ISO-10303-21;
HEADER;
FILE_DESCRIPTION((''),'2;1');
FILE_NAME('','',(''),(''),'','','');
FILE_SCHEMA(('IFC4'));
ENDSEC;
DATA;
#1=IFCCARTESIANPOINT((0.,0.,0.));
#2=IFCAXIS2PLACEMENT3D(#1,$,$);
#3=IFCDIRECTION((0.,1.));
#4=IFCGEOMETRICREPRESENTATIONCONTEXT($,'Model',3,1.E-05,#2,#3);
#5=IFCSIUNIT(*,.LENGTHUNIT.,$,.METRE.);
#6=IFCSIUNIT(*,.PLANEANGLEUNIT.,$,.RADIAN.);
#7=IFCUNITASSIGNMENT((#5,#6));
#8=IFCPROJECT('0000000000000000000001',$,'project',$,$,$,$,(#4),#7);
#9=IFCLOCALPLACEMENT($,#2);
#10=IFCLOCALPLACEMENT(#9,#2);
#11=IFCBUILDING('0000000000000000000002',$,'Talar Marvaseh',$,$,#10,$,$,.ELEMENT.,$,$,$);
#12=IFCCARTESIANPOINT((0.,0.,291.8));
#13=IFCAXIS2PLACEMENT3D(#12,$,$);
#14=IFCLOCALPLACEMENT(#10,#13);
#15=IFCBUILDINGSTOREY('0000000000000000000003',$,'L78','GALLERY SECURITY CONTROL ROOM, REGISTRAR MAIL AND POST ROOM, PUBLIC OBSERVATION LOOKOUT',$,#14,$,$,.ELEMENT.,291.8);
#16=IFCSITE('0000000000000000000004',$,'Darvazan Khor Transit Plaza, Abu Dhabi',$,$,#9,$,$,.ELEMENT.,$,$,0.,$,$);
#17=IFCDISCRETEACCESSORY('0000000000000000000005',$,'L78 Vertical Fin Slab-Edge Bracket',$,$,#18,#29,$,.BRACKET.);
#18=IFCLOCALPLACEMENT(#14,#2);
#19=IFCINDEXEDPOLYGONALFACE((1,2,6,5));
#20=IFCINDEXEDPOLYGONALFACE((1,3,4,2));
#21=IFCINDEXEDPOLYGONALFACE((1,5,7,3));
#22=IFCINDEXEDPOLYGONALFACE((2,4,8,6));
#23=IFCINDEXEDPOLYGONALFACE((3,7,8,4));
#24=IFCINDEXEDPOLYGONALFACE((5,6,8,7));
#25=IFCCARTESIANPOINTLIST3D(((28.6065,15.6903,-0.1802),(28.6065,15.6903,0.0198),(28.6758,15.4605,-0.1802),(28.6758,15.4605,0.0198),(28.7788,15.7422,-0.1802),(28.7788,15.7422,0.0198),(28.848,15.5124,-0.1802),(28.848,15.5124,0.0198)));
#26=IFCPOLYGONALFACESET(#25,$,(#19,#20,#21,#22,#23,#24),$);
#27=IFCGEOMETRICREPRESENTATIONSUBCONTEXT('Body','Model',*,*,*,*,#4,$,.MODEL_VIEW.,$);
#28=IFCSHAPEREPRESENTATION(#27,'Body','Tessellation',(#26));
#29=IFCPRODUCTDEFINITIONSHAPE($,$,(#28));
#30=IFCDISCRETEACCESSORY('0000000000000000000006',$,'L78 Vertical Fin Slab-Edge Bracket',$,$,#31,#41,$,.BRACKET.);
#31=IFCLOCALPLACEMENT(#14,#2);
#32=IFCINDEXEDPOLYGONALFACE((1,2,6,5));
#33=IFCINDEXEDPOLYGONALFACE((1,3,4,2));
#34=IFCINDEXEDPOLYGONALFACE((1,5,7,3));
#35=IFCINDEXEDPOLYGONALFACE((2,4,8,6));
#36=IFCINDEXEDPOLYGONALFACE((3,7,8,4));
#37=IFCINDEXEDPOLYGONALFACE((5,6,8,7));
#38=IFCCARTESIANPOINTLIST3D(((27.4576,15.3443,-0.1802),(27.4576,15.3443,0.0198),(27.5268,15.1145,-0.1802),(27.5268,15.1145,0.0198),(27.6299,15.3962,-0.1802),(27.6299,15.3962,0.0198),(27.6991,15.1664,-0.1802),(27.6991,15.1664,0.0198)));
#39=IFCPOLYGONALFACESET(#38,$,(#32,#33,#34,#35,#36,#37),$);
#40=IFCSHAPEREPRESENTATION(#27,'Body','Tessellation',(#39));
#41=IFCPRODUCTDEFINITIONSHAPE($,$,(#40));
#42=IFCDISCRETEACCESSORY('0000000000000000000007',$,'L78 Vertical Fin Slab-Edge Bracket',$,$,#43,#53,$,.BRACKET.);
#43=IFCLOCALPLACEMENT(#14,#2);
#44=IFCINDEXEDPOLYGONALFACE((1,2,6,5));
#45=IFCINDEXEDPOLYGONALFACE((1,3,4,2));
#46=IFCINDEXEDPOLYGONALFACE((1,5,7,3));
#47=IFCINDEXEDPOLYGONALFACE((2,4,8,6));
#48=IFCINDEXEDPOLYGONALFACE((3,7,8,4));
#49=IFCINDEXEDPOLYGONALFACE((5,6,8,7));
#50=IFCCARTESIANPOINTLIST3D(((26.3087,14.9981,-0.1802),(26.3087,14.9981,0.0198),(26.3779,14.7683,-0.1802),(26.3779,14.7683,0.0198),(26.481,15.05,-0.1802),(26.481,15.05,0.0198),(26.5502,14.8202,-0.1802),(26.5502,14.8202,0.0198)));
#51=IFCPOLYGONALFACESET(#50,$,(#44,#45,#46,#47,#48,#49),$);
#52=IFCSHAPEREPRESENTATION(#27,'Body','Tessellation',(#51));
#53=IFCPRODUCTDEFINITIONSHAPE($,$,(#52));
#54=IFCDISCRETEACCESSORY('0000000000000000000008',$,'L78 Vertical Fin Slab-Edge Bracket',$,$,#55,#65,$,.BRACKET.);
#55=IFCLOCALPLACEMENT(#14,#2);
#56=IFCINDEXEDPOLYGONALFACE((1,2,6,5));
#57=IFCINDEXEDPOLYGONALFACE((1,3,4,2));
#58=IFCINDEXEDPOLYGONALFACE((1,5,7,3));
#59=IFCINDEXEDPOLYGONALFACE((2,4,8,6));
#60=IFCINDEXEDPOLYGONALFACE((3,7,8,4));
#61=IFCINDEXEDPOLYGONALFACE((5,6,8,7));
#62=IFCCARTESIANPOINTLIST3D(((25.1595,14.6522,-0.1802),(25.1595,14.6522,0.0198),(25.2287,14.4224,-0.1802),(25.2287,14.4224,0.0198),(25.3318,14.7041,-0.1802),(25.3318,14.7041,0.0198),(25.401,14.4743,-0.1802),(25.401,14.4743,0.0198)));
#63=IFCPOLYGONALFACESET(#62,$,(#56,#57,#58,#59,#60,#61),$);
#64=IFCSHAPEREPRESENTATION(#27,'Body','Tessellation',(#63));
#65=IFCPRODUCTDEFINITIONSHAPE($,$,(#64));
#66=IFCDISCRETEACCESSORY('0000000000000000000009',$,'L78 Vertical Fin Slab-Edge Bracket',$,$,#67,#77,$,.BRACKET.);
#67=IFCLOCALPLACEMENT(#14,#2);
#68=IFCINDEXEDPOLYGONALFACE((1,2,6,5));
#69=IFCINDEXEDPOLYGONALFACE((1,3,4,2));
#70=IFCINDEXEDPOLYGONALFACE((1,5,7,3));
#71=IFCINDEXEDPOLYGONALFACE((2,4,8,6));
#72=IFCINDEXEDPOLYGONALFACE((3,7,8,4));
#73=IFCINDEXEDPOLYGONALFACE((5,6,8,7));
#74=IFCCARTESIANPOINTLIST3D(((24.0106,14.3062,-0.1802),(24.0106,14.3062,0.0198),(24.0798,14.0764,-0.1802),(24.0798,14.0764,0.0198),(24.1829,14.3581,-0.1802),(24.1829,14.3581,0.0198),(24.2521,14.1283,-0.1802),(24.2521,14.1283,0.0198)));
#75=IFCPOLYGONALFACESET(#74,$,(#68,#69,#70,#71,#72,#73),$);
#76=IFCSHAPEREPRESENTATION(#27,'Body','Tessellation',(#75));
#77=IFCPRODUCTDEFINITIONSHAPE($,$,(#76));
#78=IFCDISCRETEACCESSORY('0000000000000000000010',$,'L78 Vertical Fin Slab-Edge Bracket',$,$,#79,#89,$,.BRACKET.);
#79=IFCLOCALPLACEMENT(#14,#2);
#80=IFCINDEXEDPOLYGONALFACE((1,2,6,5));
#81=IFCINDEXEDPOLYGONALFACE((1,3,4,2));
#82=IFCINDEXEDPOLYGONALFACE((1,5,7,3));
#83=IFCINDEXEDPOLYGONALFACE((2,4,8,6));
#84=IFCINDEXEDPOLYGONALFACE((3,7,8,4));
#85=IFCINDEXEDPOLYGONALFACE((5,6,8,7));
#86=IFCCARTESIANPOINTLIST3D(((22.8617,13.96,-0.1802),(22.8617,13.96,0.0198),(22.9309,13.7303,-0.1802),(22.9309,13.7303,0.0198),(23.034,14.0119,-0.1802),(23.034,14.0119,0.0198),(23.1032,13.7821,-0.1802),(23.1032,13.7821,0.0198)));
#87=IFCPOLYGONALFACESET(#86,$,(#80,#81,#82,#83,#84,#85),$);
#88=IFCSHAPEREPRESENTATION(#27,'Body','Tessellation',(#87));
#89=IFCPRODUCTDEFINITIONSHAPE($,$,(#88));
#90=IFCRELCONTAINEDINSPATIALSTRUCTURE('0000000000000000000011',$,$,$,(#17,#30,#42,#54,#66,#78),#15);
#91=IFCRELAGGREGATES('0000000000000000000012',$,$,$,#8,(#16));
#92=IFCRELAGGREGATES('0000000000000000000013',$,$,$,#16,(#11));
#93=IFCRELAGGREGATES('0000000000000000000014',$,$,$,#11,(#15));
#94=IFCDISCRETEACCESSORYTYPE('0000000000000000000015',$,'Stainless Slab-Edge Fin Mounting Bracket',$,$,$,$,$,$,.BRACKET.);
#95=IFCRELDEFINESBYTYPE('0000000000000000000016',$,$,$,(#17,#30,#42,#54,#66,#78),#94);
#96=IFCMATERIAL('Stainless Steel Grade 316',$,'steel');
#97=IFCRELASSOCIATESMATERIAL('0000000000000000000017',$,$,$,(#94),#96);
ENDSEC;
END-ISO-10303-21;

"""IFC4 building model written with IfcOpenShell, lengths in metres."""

from ifc_helpers import new_model, si_unit, direction, frame, origin, origin_2d, place, context, subcontext, project, spatial, rectangle, extrude, source, transform, mapped, material, type_object, type_shapes, element, save


model = new_model("IFC4")

# Units and contexts
model_context = context("Model", 3, precision=1e-05, world=origin(), true_north=direction((0.0, 1.0)))
body_context = subcontext(model_context, "Body", "Model", "MODEL_VIEW")
ifc_project = project(units=[si_unit("LENGTHUNIT", "METRE"), si_unit("PLANEANGLEUNIT", "RADIAN")], contexts=[model_context])

# Site, building, storey
site_placement = place(None, origin())
site = spatial("IfcSite", under=ifc_project, at=site_placement, Name="Darvazan Khor Transit Plaza, Abu Dhabi", CompositionType="ELEMENT", RefElevation=0.0)
building_placement = place(site_placement, origin())
building = spatial("IfcBuilding", under=site, at=building_placement, Name="Talar Marvaseh", CompositionType="ELEMENT")
storey_placement = place(building_placement, frame((0.0, 0.0, 291.8)))
storey = spatial("IfcBuildingStorey", under=building, at=storey_placement, Name="L78", Description="GALLERY SECURITY CONTROL ROOM, REGISTRAR MAIL AND POST ROOM, PUBLIC OBSERVATION LOOKOUT", CompositionType="ELEMENT", Elevation=291.8)

# Discrete accessories
ifc_material_1 = material(Name="Stainless Steel Grade 316", Category="steel")
discrete_accessory_type = type_object("IfcDiscreteAccessoryType", Name="Stainless Slab-Edge Fin Mounting Bracket", PredefinedType="BRACKET", material=ifc_material_1)
shared_shape_1 = source(origin(), body_context, "Body", "SweptSolid", [
    extrude(rectangle(XDim=0.24, YDim=0.1799, at=origin_2d()), origin(), (0.0, 0.0, 1.0), 0.2),
])
type_shapes(discrete_accessory_type, [shared_shape_1])
for number, where, z_axis, x_axis, name in (
    (1, (28.7273, 15.6013, -0.1802), (0.0, 0.0, 1.0), (0.288363, -0.957521, 0.0), "L78 Vertical Fin Slab-Edge Bracket"),
    (2, (27.5784, 15.2554, -0.1802), (0.0, 0.0, 1.0), (0.288363, -0.957521, 0.0), "L78 Vertical Fin Slab-Edge Bracket"),
    (3, (26.4294, 14.9092, -0.1802), (0.0, 0.0, 1.0), (0.288363, -0.957521, 0.0), "L78 Vertical Fin Slab-Edge Bracket"),
    (4, (25.2803, 14.5632, -0.1802), (0.0, 0.0, 1.0), (0.288363, -0.957521, 0.0), "L78 Vertical Fin Slab-Edge Bracket"),
    (5, (24.1313, 14.2173, -0.1802), (0.0, 0.0, 1.0), (0.288363, -0.957521, 0.0), "L78 Vertical Fin Slab-Edge Bracket"),
    (6, (22.9824, 13.8711, -0.1802), (0.0, 0.0, 1.0), (0.288363, -0.957521, 0.0), "L78 Vertical Fin Slab-Edge Bracket"),
):
    element("IfcDiscreteAccessory", number, at=place(storey_placement, frame(where, z_axis=z_axis, x_axis=x_axis)), inside=storey, type_object=discrete_accessory_type, Name=name, PredefinedType="BRACKET", context=body_context, shape_type="MappedRepresentation", body=[
        mapped(shared_shape_1, transform((0.0, 0.0, 0.0), x_axis=(1.0, 0.0, 0.0), y_axis=(0.0, 1.0, 0.0), z_axis=(0.0, 0.0, 1.0), scale=1.0)),
    ])

save(model, "model.ifc")
